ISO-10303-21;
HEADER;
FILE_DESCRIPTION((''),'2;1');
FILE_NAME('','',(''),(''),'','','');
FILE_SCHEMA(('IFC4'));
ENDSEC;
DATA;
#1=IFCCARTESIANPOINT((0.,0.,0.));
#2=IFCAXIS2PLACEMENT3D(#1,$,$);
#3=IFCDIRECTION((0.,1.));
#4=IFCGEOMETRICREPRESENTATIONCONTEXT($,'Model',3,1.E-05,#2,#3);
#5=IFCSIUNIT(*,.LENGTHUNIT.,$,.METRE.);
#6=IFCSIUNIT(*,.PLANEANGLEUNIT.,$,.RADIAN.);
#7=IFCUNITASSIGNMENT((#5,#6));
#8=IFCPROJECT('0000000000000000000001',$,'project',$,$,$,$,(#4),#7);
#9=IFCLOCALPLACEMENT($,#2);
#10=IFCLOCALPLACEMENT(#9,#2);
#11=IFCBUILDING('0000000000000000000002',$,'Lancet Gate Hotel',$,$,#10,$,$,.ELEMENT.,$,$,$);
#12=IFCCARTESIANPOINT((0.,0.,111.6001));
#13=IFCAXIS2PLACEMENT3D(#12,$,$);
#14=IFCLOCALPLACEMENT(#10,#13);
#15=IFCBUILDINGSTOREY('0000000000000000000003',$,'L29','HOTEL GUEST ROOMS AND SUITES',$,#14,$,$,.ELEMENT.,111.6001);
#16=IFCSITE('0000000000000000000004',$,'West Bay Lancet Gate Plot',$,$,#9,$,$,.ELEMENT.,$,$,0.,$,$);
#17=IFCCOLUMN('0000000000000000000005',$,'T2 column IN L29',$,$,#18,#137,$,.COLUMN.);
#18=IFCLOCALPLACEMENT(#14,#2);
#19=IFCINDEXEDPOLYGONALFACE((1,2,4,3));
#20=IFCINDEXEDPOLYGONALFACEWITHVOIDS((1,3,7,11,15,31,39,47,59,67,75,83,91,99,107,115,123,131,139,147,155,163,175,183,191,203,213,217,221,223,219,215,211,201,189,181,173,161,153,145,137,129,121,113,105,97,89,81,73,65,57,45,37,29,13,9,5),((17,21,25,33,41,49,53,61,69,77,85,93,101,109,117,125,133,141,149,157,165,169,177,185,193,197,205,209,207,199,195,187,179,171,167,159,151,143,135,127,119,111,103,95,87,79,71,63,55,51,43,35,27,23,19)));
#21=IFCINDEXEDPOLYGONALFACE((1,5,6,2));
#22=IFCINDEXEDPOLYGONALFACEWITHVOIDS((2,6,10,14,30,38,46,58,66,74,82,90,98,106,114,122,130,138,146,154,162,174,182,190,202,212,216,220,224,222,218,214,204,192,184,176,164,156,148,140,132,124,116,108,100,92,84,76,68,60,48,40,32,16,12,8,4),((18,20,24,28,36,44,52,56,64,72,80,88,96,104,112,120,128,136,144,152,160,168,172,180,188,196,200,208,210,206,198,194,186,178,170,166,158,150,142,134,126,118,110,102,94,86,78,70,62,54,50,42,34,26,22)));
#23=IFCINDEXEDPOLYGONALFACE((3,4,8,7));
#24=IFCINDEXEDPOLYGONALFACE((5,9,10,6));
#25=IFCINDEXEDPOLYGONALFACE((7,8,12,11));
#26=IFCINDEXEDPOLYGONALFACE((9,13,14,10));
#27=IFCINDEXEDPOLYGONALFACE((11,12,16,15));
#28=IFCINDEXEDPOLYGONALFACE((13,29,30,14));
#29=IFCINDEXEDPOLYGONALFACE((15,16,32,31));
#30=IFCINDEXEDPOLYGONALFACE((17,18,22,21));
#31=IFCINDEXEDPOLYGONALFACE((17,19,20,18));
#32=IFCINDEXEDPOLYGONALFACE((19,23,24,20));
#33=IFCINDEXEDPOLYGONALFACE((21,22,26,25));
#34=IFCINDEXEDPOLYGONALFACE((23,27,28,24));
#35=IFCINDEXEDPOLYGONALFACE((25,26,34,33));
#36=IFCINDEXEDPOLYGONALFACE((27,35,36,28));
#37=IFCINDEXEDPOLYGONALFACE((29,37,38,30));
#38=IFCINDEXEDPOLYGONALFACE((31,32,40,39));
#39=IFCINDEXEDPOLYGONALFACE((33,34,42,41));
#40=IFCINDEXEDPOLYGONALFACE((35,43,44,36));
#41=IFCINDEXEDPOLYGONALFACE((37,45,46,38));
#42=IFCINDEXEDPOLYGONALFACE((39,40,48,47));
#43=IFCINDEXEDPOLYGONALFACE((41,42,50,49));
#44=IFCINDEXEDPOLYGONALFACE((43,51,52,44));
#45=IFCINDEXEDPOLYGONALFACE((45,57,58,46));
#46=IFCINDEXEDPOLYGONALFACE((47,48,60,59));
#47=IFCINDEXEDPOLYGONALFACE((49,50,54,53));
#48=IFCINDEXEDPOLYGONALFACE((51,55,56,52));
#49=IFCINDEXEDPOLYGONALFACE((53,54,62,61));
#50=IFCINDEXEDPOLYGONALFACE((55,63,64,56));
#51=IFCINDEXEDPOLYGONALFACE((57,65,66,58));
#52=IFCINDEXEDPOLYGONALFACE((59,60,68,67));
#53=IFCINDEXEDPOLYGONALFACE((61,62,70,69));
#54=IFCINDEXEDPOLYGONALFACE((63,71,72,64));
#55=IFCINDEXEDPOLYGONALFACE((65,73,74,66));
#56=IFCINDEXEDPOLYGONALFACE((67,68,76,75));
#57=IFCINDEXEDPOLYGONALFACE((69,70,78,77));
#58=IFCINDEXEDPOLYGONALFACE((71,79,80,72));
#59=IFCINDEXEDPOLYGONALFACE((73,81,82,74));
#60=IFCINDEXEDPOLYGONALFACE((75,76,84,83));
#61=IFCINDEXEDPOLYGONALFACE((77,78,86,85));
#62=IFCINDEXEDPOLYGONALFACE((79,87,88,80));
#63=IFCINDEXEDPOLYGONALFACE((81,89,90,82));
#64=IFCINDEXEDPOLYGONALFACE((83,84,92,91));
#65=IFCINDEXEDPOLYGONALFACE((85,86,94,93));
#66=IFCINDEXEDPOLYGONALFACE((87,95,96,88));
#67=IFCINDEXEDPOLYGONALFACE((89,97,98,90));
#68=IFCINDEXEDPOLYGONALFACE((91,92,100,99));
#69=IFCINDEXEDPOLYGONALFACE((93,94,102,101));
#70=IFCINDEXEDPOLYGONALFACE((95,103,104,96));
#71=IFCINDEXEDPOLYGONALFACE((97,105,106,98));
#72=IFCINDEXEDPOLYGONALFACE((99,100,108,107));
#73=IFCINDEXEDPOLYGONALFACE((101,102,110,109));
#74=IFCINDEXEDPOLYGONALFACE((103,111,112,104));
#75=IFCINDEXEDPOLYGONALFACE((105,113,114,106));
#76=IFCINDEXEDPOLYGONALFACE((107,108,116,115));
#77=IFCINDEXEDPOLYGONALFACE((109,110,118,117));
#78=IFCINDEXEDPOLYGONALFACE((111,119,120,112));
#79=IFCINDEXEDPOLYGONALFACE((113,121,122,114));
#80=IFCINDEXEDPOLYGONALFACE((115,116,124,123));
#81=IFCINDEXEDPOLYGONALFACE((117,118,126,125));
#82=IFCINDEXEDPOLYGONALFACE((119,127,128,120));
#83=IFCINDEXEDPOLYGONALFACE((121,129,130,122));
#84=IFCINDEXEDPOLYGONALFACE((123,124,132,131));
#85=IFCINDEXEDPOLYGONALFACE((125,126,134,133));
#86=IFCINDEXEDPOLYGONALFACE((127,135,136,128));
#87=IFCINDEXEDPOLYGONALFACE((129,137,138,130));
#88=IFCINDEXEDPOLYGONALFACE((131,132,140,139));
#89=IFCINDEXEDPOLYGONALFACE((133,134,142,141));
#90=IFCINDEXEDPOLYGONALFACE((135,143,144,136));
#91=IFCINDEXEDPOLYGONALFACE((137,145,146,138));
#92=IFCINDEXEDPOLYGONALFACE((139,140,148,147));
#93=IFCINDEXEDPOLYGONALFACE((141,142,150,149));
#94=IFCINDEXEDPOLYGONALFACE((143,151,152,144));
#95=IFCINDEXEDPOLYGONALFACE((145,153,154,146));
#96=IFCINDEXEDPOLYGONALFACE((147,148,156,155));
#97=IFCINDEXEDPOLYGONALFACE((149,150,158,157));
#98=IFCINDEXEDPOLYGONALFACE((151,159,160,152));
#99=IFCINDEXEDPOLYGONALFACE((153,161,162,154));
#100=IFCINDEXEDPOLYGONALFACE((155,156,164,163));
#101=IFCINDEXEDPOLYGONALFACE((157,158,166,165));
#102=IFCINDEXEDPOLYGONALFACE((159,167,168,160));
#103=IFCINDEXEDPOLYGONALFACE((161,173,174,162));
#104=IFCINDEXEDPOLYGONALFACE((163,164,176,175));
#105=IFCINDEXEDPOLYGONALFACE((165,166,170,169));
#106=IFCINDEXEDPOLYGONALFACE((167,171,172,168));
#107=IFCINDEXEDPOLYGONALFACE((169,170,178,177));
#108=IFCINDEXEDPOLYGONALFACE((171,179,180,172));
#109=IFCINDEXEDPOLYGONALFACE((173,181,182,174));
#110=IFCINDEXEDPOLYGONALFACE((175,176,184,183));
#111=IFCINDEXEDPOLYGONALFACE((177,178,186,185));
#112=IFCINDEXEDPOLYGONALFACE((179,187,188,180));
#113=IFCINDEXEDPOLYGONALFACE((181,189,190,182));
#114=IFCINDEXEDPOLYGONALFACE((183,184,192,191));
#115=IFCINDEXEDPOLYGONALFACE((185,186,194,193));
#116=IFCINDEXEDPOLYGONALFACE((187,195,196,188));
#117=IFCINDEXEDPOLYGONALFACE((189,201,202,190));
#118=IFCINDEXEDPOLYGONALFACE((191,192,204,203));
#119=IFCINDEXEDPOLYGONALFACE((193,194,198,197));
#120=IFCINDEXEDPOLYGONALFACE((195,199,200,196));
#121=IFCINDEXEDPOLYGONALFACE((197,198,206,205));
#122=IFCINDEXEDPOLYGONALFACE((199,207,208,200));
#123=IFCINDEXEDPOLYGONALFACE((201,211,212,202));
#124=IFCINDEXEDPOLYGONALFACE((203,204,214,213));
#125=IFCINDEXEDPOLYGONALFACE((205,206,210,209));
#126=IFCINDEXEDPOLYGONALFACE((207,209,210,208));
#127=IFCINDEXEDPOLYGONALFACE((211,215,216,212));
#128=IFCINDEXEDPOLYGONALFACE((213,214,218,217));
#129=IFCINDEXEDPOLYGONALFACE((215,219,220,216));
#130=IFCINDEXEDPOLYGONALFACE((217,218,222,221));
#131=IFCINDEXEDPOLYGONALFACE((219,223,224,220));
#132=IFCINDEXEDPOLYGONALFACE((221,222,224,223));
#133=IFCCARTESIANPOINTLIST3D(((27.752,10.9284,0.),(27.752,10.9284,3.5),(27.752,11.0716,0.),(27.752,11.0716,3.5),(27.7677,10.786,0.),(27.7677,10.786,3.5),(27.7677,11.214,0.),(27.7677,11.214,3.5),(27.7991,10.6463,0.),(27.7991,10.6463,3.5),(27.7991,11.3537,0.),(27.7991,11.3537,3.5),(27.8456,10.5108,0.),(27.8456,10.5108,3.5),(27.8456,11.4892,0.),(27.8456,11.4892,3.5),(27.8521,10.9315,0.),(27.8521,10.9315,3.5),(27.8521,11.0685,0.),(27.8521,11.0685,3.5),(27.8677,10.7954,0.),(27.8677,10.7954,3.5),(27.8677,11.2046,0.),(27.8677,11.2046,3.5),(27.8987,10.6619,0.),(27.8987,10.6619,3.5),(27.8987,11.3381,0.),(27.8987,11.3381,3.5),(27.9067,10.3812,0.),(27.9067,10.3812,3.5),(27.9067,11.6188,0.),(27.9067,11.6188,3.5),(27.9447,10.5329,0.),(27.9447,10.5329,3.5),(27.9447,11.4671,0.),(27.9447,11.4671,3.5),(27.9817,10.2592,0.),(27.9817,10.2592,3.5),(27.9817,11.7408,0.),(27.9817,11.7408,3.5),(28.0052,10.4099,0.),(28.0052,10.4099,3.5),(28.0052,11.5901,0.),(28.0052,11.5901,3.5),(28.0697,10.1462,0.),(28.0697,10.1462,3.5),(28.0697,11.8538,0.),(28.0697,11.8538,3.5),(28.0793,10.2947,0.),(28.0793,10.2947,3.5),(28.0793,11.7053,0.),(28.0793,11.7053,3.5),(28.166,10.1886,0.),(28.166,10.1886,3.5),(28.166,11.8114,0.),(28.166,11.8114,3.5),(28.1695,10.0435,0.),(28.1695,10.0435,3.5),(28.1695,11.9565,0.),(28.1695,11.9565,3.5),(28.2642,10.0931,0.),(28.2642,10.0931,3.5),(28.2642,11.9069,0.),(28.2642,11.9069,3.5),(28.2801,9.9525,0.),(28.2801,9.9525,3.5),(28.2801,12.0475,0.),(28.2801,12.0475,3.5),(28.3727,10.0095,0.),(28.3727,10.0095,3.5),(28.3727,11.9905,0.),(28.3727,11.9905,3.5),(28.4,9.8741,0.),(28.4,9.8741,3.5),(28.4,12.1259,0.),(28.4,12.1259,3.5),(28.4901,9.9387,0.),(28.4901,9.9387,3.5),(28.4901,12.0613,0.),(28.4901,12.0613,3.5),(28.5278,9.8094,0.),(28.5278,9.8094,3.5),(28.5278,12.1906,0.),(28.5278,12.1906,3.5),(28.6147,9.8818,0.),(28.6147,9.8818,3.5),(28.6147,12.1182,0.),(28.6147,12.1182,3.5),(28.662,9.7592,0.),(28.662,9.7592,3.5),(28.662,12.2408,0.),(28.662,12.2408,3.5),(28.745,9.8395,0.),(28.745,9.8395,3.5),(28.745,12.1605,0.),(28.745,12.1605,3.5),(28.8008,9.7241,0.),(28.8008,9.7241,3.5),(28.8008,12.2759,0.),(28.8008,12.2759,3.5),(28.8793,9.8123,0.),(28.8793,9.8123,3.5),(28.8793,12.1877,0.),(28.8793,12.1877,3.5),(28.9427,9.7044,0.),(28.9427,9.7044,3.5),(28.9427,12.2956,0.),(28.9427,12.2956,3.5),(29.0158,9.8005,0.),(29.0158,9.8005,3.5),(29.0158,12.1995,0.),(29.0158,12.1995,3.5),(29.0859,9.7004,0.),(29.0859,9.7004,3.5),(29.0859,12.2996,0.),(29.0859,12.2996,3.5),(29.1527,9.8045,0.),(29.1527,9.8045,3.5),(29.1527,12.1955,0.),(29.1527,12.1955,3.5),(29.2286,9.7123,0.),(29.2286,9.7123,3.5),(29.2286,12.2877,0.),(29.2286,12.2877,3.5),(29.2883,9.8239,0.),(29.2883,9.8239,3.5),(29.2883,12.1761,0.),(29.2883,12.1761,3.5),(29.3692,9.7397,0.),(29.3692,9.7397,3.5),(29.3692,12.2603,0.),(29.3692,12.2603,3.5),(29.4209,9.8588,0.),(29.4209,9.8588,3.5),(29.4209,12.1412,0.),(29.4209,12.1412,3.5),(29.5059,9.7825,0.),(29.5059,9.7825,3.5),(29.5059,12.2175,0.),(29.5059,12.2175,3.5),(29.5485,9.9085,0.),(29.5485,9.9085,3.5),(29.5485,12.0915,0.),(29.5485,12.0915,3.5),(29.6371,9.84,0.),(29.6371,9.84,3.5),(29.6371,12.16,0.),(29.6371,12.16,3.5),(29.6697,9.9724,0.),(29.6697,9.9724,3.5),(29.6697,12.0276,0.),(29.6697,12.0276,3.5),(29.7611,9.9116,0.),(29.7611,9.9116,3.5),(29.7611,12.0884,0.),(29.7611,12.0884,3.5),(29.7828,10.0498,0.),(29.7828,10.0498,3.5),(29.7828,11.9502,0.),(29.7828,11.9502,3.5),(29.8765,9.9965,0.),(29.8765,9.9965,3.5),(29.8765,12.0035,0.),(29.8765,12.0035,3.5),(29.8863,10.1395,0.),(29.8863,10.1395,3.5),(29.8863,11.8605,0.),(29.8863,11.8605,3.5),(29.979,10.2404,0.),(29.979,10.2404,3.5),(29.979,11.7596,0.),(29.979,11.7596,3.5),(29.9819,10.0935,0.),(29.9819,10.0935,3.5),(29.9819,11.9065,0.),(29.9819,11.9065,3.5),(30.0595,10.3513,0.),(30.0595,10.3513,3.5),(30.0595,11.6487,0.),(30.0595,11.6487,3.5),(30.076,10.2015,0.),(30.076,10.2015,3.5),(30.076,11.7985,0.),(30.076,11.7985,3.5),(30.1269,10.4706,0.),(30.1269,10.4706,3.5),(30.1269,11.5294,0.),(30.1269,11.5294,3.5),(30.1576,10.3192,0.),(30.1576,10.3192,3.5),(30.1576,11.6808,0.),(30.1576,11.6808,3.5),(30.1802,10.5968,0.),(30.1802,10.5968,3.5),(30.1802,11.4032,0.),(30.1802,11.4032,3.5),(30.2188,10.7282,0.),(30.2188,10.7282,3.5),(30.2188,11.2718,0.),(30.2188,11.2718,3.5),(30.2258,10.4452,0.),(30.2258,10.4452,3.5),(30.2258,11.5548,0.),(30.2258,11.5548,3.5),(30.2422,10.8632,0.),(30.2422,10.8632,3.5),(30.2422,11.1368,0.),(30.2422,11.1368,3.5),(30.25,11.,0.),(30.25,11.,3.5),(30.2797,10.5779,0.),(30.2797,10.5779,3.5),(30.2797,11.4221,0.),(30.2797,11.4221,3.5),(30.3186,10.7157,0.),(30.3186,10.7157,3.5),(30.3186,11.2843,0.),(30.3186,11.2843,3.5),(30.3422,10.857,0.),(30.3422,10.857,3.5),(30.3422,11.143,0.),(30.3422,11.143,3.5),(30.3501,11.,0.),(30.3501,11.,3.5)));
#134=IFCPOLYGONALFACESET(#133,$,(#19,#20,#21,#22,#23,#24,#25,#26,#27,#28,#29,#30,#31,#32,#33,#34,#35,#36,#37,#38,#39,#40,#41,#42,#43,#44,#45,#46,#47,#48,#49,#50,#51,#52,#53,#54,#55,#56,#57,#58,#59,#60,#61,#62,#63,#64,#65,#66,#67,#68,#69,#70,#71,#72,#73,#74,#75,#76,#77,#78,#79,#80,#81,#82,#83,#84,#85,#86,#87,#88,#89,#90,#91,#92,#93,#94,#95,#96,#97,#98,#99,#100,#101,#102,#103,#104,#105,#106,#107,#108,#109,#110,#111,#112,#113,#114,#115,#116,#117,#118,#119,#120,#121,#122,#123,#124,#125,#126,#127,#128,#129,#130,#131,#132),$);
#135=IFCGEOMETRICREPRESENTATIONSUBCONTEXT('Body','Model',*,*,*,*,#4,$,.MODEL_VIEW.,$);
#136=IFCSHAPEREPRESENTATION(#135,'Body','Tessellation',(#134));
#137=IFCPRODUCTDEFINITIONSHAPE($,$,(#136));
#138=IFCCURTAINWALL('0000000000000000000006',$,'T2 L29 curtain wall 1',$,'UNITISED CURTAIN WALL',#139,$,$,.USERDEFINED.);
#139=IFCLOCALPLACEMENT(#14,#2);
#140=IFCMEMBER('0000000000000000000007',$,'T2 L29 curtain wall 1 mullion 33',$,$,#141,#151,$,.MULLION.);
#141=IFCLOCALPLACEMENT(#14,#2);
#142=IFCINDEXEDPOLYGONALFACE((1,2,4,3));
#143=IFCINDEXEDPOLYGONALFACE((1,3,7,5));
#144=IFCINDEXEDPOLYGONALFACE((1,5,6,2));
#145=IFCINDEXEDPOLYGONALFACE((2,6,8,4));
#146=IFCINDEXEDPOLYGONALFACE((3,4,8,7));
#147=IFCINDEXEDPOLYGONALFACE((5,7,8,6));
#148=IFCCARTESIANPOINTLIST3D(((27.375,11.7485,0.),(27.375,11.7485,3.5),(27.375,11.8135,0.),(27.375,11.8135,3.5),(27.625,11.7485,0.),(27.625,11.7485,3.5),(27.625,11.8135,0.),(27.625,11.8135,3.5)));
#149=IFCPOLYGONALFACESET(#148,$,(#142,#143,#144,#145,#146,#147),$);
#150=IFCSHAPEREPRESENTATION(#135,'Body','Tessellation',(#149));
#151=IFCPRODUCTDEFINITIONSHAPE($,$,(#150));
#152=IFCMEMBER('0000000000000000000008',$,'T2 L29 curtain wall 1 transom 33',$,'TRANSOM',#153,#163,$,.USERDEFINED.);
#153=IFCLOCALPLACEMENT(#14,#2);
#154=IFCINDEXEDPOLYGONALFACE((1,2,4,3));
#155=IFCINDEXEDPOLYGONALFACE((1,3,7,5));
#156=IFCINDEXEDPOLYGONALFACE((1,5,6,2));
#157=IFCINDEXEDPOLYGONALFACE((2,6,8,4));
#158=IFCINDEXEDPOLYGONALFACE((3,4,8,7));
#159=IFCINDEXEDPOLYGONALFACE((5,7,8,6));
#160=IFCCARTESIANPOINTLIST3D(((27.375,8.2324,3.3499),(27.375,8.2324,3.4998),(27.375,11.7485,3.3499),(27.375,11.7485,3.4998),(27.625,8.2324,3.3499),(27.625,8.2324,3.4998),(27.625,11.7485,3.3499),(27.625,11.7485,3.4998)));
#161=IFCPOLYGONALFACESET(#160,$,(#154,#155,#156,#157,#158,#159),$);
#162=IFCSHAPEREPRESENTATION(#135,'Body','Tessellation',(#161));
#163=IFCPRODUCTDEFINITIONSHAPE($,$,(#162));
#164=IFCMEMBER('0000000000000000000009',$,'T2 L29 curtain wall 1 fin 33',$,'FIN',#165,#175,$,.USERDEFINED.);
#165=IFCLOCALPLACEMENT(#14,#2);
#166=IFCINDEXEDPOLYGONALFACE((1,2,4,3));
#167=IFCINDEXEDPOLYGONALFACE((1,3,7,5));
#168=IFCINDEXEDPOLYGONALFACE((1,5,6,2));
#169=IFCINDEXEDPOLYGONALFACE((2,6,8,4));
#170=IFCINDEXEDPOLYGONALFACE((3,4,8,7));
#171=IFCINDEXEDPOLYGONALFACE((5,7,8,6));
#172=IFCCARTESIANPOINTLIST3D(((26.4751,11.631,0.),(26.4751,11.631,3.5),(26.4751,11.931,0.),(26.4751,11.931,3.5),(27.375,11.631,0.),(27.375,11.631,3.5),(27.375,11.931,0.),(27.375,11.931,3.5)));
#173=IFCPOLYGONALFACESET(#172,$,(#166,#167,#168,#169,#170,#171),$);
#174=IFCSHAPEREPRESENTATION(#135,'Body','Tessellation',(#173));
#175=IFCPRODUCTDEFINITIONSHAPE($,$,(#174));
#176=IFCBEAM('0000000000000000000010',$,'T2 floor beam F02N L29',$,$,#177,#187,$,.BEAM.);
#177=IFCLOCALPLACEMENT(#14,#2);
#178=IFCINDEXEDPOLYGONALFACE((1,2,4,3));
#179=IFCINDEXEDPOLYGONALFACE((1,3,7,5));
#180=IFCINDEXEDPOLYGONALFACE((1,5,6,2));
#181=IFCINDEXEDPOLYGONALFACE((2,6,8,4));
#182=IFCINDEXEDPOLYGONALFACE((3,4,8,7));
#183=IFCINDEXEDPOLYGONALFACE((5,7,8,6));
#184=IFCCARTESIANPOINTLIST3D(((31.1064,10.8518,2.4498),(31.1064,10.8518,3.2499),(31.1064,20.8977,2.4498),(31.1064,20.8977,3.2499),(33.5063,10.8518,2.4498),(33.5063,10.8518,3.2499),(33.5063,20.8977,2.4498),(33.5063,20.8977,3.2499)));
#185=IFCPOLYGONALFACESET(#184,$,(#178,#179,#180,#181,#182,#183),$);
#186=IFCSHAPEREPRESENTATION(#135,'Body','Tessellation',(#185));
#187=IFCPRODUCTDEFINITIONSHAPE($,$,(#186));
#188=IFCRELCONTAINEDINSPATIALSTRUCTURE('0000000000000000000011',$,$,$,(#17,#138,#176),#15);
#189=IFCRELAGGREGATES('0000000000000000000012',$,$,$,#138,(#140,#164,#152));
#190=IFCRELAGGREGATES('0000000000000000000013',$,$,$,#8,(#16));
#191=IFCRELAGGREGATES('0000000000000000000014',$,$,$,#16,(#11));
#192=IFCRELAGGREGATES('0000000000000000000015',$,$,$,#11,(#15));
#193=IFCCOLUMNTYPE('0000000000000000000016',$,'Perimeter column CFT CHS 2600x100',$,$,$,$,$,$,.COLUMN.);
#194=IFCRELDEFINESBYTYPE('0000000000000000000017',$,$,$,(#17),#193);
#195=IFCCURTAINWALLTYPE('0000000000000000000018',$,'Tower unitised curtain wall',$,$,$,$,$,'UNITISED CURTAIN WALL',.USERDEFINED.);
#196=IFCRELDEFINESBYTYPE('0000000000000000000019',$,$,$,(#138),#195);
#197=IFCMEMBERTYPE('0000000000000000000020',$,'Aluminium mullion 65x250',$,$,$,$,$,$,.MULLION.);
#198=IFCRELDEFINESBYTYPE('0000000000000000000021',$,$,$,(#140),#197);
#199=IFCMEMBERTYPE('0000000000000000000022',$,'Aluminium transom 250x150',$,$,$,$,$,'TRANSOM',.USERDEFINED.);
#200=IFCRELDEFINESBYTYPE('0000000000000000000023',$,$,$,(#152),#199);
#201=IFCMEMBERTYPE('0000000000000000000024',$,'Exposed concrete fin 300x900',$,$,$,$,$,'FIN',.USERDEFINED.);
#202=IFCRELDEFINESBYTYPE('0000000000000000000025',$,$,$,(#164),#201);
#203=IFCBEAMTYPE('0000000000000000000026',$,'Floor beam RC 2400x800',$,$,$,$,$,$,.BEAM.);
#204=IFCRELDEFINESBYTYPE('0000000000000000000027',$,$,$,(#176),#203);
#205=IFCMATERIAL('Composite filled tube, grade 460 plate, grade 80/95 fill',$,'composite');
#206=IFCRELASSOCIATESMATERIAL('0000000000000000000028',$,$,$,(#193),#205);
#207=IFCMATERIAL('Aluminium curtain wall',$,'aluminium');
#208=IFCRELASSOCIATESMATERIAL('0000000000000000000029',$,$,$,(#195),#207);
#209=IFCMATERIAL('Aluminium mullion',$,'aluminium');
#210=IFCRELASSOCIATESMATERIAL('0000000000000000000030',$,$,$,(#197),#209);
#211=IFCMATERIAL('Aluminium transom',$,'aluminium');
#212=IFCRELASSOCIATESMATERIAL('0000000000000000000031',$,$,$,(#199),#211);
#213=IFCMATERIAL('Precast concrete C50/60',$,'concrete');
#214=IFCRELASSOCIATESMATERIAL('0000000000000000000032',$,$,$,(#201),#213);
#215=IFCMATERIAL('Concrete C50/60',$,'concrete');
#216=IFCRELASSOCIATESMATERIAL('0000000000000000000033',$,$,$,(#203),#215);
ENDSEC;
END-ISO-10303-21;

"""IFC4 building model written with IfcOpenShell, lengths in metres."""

from ifc_helpers import new_model, si_unit, direction, frame, origin, origin_2d, place, context, subcontext, project, spatial, rectangle, hollow_circle, extrude, material, material_profile, profile_set, type_object, element, aggregate, save


model = new_model("IFC4")

# Units and contexts
model_context = context("Model", 3, precision=1e-05, world=origin(), true_north=direction((0.0, 1.0)))
body_context = subcontext(model_context, "Body", "Model", "MODEL_VIEW")
ifc_project = project(units=[si_unit("LENGTHUNIT", "METRE"), si_unit("PLANEANGLEUNIT", "RADIAN")], contexts=[model_context])

# Site, building, storey
site_placement = place(None, origin())
site = spatial("IfcSite", under=ifc_project, at=site_placement, Name="West Bay Lancet Gate Plot", CompositionType="ELEMENT", RefElevation=0.0)
building_placement = place(site_placement, origin())
building = spatial("IfcBuilding", under=site, at=building_placement, Name="Lancet Gate Hotel", CompositionType="ELEMENT")
storey_placement = place(building_placement, frame((0.0, 0.0, 111.6001)))
storey = spatial("IfcBuildingStorey", under=building, at=storey_placement, Name="L29", Description="HOTEL GUEST ROOMS AND SUITES", CompositionType="ELEMENT", Elevation=111.6001)

# Column
ifc_material_1 = material(Name="Composite filled tube, grade 460 plate, grade 80/95 fill", Category="composite")
ifc_material_profile_1 = material_profile(ifc_material_1, hollow_circle(Radius=1.3, WallThickness=0.1001, at=origin_2d()), Name="CHS 2600x100")
ifc_profile_set_1 = profile_set([ifc_material_profile_1], Name="Composite filled tube, grade 460 plate, grade 80/95 fill")
column_type = type_object("IfcColumnType", Name="Perimeter column CFT CHS 2600x100", PredefinedType="COLUMN", material=ifc_profile_set_1)
column_placement = place(storey_placement, frame((29.05, 11.0, 0.0), z_axis=(0.0, 0.0, 1.0), x_axis=(1.0, 0.0, 0.0)))
element("IfcColumn", 1, at=column_placement, inside=storey, type_object=column_type, Name="T2 column IN L29", PredefinedType="COLUMN", context=body_context, shape_type="SweptSolid", body=[
    extrude(hollow_circle(Radius=1.3, WallThickness=0.1001, at=origin_2d()), origin(), (0.0, 0.0, 1.0), 3.5),
])

# Curtain wall, members
ifc_material_2 = material(Name="Aluminium curtain wall", Category="aluminium")
curtain_wall_type = type_object("IfcCurtainWallType", Name="Tower unitised curtain wall", ElementType="UNITISED CURTAIN WALL", PredefinedType="USERDEFINED", material=ifc_material_2)
curtain_wall_placement = place(storey_placement, origin())
curtain_wall = element("IfcCurtainWall", 2, at=curtain_wall_placement, inside=storey, type_object=curtain_wall_type, Name="T2 L29 curtain wall 1", ObjectType="UNITISED CURTAIN WALL", PredefinedType="USERDEFINED")
ifc_material_3 = material(Name="Aluminium mullion", Category="aluminium")
ifc_material_profile_2 = material_profile(ifc_material_3, rectangle(XDim=0.0649, YDim=0.25, at=origin_2d()), Name="MULLION 65x250")
ifc_profile_set_2 = profile_set([ifc_material_profile_2], Name="Aluminium mullion")
member_type_1 = type_object("IfcMemberType", Name="Aluminium mullion 65x250", PredefinedType="MULLION", material=ifc_profile_set_2)
member_1_placement = place(storey_placement, frame((27.5, 11.781, 0.0), z_axis=(0.0, 0.0, 1.0), x_axis=(0.0, -1.0, 0.0)))
member_1 = element("IfcMember", 3, at=member_1_placement, type_object=member_type_1, Name="T2 L29 curtain wall 1 mullion 33", PredefinedType="MULLION", context=body_context, shape_type="SweptSolid", body=[
    extrude(rectangle(XDim=0.0649, YDim=0.25, at=origin_2d()), origin(), (0.0, 0.0, 1.0), 3.5),
])
ifc_material_4 = material(Name="Aluminium transom", Category="aluminium")
ifc_material_profile_3 = material_profile(ifc_material_4, rectangle(XDim=0.25, YDim=0.1499, at=origin_2d()), Name="TRANSOM 250x150")
ifc_profile_set_3 = profile_set([ifc_material_profile_3], Name="Aluminium transom")
member_type_2 = type_object("IfcMemberType", Name="Aluminium transom 250x150", ElementType="TRANSOM", PredefinedType="USERDEFINED", material=ifc_profile_set_3)
member_2_placement = place(storey_placement, frame((27.5, 11.7485, 3.4248), z_axis=(0.0, -1.0, 0.0), x_axis=(1.0, 0.0, 0.0)))
member_2 = element("IfcMember", 4, at=member_2_placement, type_object=member_type_2, Name="T2 L29 curtain wall 1 transom 33", ObjectType="TRANSOM", PredefinedType="USERDEFINED", context=body_context, shape_type="SweptSolid", body=[
    extrude(rectangle(XDim=0.25, YDim=0.1499, at=origin_2d()), origin(), (0.0, 0.0, 1.0), 3.5161),
])
ifc_material_5 = material(Name="Precast concrete C50/60", Category="concrete")
ifc_material_profile_4 = material_profile(ifc_material_5, rectangle(XDim=0.3, YDim=0.8999, at=origin_2d()), Name="FIN 300x900")
ifc_profile_set_4 = profile_set([ifc_material_profile_4], Name="Precast concrete C50/60")
member_type_3 = type_object("IfcMemberType", Name="Exposed concrete fin 300x900", ElementType="FIN", PredefinedType="USERDEFINED", material=ifc_profile_set_4)
member_3_placement = place(storey_placement, frame((26.925, 11.781, 0.0), z_axis=(0.0, 0.0, 1.0), x_axis=(0.0, -1.0, 0.0)))
member_3 = element("IfcMember", 5, at=member_3_placement, type_object=member_type_3, Name="T2 L29 curtain wall 1 fin 33", ObjectType="FIN", PredefinedType="USERDEFINED", context=body_context, shape_type="SweptSolid", body=[
    extrude(rectangle(XDim=0.3, YDim=0.8999, at=origin_2d()), origin(), (0.0, 0.0, 1.0), 3.5),
])

# Beam
ifc_material_6 = material(Name="Concrete C50/60", Category="concrete")
ifc_material_profile_5 = material_profile(ifc_material_6, rectangle(XDim=2.3999, YDim=0.8, at=origin_2d()), Name="RC 2400x800")
ifc_profile_set_5 = profile_set([ifc_material_profile_5], Name="Concrete C50/60")
beam_type_1 = type_object("IfcBeamType", Name="Floor beam RC 2400x800", PredefinedType="BEAM", material=ifc_profile_set_5)
beam_1_placement = place(storey_placement, frame((32.3064, 10.8518, 2.8499), z_axis=(0.0, 1.0, 0.0), x_axis=(-1.0, 0.0, 0.0)))
element("IfcBeam", 6, at=beam_1_placement, inside=storey, type_object=beam_type_1, Name="T2 floor beam F02N L29", PredefinedType="BEAM", context=body_context, shape_type="SweptSolid", body=[
    extrude(rectangle(XDim=2.3999, YDim=0.8, at=origin_2d()), origin(), (0.0, 0.0, 1.0), 10.0459),
])

aggregate(curtain_wall, [member_1, member_3, member_2])

save(model, "model.ifc")
